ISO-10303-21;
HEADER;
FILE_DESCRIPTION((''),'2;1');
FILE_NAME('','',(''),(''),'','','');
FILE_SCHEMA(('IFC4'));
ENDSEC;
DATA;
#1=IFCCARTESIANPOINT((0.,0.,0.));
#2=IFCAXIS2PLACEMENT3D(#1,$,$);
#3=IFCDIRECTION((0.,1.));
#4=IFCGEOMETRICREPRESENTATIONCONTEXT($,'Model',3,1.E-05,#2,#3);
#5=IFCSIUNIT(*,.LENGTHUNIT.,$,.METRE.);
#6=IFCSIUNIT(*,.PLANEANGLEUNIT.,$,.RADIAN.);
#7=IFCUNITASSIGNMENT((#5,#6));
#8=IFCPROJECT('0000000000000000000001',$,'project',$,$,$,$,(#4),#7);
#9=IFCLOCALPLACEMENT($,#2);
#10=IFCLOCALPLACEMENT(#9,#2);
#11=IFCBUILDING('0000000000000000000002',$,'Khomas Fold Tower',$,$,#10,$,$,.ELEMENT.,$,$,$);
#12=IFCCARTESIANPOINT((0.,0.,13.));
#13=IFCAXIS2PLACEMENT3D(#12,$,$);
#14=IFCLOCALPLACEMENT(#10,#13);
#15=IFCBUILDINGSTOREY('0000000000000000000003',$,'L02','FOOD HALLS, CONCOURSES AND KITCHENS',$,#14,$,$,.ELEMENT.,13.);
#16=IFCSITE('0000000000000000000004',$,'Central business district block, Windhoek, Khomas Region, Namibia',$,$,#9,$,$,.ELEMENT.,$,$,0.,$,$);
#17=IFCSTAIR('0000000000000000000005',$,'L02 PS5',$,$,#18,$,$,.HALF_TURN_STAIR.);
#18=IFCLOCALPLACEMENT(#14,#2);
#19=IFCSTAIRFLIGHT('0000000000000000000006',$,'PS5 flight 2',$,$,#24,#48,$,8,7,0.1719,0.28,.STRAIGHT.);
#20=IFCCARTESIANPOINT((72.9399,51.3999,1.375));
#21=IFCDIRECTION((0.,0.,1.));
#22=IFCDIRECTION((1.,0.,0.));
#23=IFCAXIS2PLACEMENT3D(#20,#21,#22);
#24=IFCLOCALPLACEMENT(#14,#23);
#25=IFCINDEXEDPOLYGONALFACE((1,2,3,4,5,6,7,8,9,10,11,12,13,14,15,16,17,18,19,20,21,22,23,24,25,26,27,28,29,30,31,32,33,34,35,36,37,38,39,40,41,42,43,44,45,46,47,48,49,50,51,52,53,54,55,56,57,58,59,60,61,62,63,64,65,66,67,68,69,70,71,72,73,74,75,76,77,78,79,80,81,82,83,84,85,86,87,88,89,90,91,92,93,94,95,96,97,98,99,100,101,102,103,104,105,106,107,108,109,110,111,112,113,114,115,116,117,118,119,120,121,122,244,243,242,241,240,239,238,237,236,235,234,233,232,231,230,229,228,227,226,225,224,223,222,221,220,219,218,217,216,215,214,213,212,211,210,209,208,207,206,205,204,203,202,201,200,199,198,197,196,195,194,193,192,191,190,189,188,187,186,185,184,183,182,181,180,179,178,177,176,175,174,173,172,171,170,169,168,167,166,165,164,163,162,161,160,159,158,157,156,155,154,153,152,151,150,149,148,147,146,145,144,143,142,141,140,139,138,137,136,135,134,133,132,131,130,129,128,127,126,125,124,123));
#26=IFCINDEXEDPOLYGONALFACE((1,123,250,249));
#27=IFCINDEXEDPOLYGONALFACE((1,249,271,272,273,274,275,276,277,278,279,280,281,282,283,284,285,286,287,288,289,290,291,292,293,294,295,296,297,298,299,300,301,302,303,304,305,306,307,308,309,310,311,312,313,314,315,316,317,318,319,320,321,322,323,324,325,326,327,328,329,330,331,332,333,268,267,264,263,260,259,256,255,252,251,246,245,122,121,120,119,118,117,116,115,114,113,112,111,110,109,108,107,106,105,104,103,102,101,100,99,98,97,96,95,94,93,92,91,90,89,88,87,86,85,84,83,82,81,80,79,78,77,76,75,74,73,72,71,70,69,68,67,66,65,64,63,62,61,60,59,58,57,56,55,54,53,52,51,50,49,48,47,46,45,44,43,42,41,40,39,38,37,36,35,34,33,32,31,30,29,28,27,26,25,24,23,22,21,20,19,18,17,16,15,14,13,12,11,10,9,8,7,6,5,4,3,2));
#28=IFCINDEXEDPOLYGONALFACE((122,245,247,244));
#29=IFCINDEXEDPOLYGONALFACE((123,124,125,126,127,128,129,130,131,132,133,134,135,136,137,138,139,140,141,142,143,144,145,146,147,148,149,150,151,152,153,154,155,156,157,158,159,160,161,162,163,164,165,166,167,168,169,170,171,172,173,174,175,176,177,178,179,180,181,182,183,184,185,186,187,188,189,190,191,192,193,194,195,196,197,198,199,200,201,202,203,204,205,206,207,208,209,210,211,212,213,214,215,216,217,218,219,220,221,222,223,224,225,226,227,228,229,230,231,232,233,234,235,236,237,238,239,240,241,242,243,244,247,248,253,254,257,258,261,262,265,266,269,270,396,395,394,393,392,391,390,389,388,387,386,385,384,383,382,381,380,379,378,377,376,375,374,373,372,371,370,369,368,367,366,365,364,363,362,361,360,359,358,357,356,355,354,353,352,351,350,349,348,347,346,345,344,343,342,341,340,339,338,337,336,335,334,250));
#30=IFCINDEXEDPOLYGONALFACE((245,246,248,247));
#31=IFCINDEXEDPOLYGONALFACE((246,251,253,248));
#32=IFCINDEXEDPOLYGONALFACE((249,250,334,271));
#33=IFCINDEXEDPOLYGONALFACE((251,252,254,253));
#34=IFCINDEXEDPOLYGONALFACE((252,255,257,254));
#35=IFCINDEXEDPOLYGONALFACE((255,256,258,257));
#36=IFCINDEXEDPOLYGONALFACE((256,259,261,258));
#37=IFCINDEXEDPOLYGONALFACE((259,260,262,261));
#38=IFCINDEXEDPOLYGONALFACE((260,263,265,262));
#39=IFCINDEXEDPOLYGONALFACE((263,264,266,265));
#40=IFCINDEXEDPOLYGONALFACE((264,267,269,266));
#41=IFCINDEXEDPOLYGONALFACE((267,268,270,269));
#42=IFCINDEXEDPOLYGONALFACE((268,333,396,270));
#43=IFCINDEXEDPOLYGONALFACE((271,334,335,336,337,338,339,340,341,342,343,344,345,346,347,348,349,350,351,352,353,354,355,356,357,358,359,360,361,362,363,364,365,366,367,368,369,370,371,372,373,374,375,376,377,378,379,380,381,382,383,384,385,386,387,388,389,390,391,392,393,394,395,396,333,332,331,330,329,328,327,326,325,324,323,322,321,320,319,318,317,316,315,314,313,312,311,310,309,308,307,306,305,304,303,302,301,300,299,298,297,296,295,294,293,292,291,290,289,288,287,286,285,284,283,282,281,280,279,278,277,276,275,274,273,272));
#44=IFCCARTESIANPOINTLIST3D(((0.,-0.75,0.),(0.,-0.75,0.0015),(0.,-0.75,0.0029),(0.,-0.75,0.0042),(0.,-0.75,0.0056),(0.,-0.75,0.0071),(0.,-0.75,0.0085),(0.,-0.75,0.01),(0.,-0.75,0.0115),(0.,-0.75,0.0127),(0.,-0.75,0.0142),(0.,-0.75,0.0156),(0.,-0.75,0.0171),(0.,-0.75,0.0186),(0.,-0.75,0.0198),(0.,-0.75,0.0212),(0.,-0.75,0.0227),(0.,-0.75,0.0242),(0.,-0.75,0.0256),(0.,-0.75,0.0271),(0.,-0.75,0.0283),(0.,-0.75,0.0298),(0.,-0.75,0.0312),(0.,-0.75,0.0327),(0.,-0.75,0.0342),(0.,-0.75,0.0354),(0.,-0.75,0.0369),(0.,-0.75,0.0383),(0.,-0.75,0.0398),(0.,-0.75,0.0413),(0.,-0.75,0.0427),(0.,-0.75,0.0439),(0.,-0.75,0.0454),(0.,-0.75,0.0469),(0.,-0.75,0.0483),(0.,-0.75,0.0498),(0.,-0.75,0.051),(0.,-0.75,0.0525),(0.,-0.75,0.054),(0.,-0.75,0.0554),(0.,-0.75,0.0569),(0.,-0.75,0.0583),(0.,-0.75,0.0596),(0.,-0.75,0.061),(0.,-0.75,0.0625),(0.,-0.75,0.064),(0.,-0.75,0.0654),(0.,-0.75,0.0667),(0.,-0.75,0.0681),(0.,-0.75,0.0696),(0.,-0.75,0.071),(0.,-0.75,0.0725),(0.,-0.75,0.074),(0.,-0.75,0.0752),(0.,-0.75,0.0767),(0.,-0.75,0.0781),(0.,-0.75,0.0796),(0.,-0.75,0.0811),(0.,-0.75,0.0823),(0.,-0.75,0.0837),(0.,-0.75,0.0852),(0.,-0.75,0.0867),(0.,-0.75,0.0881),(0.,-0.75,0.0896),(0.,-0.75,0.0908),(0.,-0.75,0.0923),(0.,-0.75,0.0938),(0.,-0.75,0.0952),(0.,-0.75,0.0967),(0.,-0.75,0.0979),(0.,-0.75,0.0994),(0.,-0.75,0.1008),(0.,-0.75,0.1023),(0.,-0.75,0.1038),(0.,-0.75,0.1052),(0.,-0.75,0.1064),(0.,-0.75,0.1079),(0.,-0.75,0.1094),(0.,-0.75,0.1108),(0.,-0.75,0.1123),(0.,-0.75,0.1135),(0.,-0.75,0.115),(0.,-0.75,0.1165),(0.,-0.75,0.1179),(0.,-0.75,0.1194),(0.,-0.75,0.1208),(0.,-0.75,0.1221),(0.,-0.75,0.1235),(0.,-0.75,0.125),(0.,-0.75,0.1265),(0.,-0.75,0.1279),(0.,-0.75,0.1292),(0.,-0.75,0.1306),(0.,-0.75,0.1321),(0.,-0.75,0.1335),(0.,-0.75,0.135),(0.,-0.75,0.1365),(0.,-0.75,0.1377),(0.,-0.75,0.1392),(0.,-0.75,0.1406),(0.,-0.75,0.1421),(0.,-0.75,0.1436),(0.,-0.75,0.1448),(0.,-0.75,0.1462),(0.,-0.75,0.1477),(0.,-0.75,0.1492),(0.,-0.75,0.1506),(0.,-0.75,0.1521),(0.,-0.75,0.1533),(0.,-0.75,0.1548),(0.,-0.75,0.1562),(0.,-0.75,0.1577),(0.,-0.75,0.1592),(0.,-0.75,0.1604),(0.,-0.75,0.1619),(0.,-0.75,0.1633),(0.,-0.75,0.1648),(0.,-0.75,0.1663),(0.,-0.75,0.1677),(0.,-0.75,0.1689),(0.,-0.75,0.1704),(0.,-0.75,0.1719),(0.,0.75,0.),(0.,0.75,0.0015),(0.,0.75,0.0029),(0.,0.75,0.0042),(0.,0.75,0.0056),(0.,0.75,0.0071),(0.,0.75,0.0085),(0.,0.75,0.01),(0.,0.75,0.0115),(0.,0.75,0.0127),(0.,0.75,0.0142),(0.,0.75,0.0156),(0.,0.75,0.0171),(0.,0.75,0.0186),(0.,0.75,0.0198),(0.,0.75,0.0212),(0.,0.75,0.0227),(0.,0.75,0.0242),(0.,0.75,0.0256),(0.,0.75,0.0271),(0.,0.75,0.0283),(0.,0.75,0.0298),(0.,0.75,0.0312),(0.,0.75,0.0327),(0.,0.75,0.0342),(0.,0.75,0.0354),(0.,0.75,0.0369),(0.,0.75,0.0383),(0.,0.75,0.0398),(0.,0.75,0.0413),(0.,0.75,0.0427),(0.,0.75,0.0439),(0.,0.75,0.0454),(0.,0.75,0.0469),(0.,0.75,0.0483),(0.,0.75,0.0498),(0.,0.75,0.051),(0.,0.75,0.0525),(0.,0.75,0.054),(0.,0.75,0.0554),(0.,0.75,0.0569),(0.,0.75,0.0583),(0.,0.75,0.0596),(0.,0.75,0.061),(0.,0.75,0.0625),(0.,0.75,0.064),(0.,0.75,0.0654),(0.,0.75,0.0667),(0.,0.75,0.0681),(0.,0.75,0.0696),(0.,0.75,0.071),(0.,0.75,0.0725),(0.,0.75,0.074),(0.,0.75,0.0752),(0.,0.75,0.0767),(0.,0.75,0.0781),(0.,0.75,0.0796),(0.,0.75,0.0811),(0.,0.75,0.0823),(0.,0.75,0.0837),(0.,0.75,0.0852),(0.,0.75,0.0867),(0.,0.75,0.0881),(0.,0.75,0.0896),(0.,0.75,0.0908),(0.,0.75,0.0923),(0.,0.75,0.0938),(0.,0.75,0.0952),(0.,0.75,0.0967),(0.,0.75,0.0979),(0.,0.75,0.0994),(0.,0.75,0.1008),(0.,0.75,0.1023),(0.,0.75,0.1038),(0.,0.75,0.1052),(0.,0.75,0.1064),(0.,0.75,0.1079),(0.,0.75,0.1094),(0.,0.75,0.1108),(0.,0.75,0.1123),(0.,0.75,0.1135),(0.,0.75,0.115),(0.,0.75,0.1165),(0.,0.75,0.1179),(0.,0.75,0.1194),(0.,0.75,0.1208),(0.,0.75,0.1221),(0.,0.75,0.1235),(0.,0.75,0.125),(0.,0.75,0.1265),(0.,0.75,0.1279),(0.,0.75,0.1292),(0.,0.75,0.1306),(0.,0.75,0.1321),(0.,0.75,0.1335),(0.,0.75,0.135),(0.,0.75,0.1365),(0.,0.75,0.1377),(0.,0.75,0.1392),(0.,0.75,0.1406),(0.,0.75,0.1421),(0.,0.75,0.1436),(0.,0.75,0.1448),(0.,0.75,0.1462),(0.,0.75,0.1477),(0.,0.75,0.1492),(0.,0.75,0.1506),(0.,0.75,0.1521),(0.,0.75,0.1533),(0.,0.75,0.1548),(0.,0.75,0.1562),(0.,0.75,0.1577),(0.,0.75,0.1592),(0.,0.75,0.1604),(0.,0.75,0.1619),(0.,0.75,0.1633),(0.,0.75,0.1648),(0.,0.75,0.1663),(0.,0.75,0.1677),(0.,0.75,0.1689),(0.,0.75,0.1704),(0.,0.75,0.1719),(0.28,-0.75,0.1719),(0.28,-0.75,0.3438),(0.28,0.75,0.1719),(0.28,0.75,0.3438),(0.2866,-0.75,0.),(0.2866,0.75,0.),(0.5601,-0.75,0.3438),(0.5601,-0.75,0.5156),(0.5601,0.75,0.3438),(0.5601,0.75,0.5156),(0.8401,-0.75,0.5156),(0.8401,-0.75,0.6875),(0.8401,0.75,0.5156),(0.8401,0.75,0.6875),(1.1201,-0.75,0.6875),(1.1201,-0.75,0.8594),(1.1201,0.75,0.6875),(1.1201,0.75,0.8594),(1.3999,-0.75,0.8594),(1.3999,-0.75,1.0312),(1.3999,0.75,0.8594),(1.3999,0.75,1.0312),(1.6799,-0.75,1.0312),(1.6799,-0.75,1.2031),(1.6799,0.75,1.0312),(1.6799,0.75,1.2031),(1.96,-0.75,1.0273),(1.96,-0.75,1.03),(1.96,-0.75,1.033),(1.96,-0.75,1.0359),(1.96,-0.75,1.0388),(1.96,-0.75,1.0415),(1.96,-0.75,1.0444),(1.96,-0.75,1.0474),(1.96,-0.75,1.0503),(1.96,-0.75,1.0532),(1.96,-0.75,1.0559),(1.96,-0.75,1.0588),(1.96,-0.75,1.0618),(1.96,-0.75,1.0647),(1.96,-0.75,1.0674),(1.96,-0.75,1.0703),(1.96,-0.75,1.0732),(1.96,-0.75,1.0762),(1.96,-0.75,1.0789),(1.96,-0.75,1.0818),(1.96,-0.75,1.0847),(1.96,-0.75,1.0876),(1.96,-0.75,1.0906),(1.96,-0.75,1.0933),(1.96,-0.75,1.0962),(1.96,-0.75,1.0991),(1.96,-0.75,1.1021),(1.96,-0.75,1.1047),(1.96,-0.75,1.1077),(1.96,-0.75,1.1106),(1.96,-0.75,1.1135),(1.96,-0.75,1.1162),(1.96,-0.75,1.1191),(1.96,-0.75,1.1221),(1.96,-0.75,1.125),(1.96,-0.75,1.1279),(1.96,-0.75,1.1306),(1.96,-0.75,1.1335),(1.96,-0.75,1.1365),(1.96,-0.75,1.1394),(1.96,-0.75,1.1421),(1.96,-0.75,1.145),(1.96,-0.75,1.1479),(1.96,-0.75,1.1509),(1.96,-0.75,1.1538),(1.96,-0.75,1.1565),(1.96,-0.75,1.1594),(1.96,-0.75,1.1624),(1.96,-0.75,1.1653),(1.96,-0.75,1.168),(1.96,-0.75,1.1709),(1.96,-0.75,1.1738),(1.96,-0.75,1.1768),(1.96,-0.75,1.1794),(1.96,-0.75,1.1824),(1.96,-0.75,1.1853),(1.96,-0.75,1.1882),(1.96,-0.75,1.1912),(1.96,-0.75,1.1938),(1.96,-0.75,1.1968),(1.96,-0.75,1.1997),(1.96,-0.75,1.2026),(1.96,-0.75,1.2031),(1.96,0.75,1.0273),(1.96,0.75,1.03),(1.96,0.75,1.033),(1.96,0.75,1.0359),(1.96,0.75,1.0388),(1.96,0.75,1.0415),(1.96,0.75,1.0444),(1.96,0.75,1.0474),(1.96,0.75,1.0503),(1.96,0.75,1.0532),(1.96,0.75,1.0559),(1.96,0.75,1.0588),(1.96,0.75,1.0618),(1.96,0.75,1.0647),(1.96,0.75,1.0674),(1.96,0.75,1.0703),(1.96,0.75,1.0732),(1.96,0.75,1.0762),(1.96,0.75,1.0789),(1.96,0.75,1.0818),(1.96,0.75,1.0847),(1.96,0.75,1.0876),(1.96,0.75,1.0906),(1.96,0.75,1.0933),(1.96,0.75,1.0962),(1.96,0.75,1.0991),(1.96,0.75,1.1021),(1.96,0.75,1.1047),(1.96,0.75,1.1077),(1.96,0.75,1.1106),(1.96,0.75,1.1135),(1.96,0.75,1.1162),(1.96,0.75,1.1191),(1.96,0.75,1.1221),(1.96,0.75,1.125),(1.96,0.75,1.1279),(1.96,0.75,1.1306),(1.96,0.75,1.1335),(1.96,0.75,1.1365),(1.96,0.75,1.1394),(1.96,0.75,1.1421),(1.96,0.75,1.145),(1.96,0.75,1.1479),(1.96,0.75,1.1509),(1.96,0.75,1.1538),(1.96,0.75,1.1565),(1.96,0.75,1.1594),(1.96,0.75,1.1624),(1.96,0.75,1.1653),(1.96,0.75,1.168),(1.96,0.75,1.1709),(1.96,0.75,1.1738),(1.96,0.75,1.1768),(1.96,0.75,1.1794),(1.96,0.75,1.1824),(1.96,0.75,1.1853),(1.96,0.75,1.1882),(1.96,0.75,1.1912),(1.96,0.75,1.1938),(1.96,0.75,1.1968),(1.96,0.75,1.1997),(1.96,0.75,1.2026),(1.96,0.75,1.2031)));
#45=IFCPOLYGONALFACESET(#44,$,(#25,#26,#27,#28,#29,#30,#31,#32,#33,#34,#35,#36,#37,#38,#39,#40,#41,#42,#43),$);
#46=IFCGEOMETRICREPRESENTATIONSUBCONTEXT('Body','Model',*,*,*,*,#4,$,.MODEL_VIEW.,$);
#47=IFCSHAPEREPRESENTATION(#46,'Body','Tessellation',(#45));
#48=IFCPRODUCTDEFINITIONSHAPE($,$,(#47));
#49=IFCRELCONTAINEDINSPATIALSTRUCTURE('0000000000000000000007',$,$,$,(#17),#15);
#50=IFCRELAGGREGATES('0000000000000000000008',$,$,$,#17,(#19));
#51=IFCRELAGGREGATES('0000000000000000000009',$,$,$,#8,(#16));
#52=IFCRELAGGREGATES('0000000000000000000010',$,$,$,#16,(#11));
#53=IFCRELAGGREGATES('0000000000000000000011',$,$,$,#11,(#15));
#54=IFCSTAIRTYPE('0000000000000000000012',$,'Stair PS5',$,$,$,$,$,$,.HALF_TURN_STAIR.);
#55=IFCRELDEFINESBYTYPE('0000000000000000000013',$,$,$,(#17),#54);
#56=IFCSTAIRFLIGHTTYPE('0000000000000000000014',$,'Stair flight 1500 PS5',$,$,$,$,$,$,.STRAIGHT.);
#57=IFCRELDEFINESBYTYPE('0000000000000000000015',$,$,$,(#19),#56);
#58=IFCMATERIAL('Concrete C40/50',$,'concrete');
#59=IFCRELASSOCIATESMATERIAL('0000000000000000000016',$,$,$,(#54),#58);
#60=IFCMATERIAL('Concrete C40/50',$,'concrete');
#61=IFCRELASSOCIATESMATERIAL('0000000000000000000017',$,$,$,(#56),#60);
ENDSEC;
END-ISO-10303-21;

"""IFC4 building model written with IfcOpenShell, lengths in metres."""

from ifc_helpers import new_model, si_unit, direction, frame, origin, place, context, subcontext, project, spatial, polyline, outline, extrude, source, transform, mapped, material, type_object, element, aggregate, save


model = new_model("IFC4")

# Units and contexts
model_context = context("Model", 3, precision=1e-05, world=origin(), true_north=direction((0.0, 1.0)))
body_context = subcontext(model_context, "Body", "Model", "MODEL_VIEW")
ifc_project = project(units=[si_unit("LENGTHUNIT", "METRE"), si_unit("PLANEANGLEUNIT", "RADIAN")], contexts=[model_context])

# Site, building, storey
site_placement = place(None, origin())
site = spatial("IfcSite", under=ifc_project, at=site_placement, Name="Central business district block, Windhoek, Khomas Region, Namibia", CompositionType="ELEMENT", RefElevation=0.0)
building_placement = place(site_placement, origin())
building = spatial("IfcBuilding", under=site, at=building_placement, Name="Khomas Fold Tower", CompositionType="ELEMENT")
storey_placement = place(building_placement, frame((0.0, 0.0, 13.0)))
storey = spatial("IfcBuildingStorey", under=building, at=storey_placement, Name="L02", Description="FOOD HALLS, CONCOURSES AND KITCHENS", CompositionType="ELEMENT", Elevation=13.0)

# Stair, stair flight
ifc_material_1 = material(Name="Concrete C40/50", Category="concrete")
stair_type_1 = type_object("IfcStairType", Name="Stair PS5", PredefinedType="HALF_TURN_STAIR", material=ifc_material_1)
stair_1_placement = place(storey_placement, origin())
stair_1 = element("IfcStair", 1, at=stair_1_placement, inside=storey, type_object=stair_type_1, Name="L02 PS5", PredefinedType="HALF_TURN_STAIR")
ifc_material_2 = material(Name="Concrete C40/50", Category="concrete")
stair_flight_type_1 = type_object("IfcStairFlightType", Name="Stair flight 1500 PS5", PredefinedType="STRAIGHT", material=ifc_material_2)
shared_shape_1 = source(origin(), body_context, "Body", "SweptSolid", [
    extrude(outline(polyline([(0.0, 0.0), (0.0, 0.0015), (0.0, 0.0029), (0.0, 0.0042), (0.0, 0.0056), (0.0, 0.0071), (0.0, 0.0085), (0.0, 0.01), (0.0, 0.0115), (0.0, 0.0127), (0.0, 0.0142), (0.0, 0.0156), (0.0, 0.0171), (0.0, 0.0186), (0.0, 0.0198), (0.0, 0.0212), (0.0, 0.0227), (0.0, 0.0242), (0.0, 0.0256), (0.0, 0.0271), (0.0, 0.0283), (0.0, 0.0298), (0.0, 0.0312), (0.0, 0.0327), (0.0, 0.0342), (0.0, 0.0354), (0.0, 0.0369), (0.0, 0.0383), (0.0, 0.0398), (0.0, 0.0413), (0.0, 0.0427), (0.0, 0.0439), (0.0, 0.0454), (0.0, 0.0469), (0.0, 0.0483), (0.0, 0.0498), (0.0, 0.051), (0.0, 0.0525), (0.0, 0.054), (0.0, 0.0554), (0.0, 0.0569), (0.0, 0.0583), (0.0, 0.0596), (0.0, 0.061), (0.0, 0.0625), (0.0, 0.064), (0.0, 0.0654), (0.0, 0.0667), (0.0, 0.0681), (0.0, 0.0696), (0.0, 0.071), (0.0, 0.0725), (0.0, 0.074), (0.0, 0.0752), (0.0, 0.0767), (0.0, 0.0781), (0.0, 0.0796), (0.0, 0.0811), (0.0, 0.0823), (0.0, 0.0837), (0.0, 0.0852), (0.0, 0.0867), (0.0, 0.0881), (0.0, 0.0896), (0.0, 0.0908), (0.0, 0.0923), (0.0, 0.0938), (0.0, 0.0952), (0.0, 0.0967), (0.0, 0.0979), (0.0, 0.0994), (0.0, 0.1008), (0.0, 0.1023), (0.0, 0.1038), (0.0, 0.1052), (0.0, 0.1064), (0.0, 0.1079), (0.0, 0.1094), (0.0, 0.1108), (0.0, 0.1123), (0.0, 0.1135), (0.0, 0.115), (0.0, 0.1165), (0.0, 0.1179), (0.0, 0.1194), (0.0, 0.1208), (0.0, 0.1221), (0.0, 0.1235), (0.0, 0.125), (0.0, 0.1265), (0.0, 0.1279), (0.0, 0.1292), (0.0, 0.1306), (0.0, 0.1321), (0.0, 0.1335), (0.0, 0.135), (0.0, 0.1365), (0.0, 0.1377), (0.0, 0.1392), (0.0, 0.1406), (0.0, 0.1421), (0.0, 0.1436), (0.0, 0.1448), (0.0, 0.1462), (0.0, 0.1477), (0.0, 0.1492), (0.0, 0.1506), (0.0, 0.1521), (0.0, 0.1533), (0.0, 0.1548), (0.0, 0.1562), (0.0, 0.1577), (0.0, 0.1592), (0.0, 0.1604), (0.0, 0.1619), (0.0, 0.1633), (0.0, 0.1648), (0.0, 0.1663), (0.0, 0.1677), (0.0, 0.1689), (0.0, 0.1704), (0.0, 0.1719), (0.28, 0.1719), (0.28, 0.3438), (0.5601, 0.3438), (0.5601, 0.5156), (0.8401, 0.5156), (0.8401, 0.6875), (1.1201, 0.6875), (1.1201, 0.8594), (1.3999, 0.8594), (1.3999, 1.0312), (1.6799, 1.0312), (1.6799, 1.2031), (1.96, 1.2031), (1.96, 1.375), (1.96, 1.3721), (1.96, 1.3691), (1.96, 1.3665), (1.96, 1.3635), (1.96, 1.3606), (1.96, 1.3577), (1.96, 1.355), (1.96, 1.3521), (1.96, 1.3491), (1.96, 1.3462), (1.96, 1.3435), (1.96, 1.3406), (1.96, 1.3376), (1.96, 1.3347), (1.96, 1.3318), (1.96, 1.3291), (1.96, 1.3262), (1.96, 1.3232), (1.96, 1.3203), (1.96, 1.3176), (1.96, 1.3147), (1.96, 1.3118), (1.96, 1.3088), (1.96, 1.3059), (1.96, 1.3032), (1.96, 1.3003), (1.96, 1.2974), (1.96, 1.2944), (1.96, 1.2917), (1.96, 1.2888), (1.96, 1.2859), (1.96, 1.283), (1.96, 1.2803), (1.96, 1.2773), (1.96, 1.2744), (1.96, 1.2715), (1.96, 1.2686), (1.96, 1.2659), (1.96, 1.2629), (1.96, 1.26), (1.96, 1.2571), (1.96, 1.2544), (1.96, 1.2515), (1.96, 1.2485), (1.96, 1.2456), (1.96, 1.2427), (1.96, 1.24), (1.96, 1.2371), (1.96, 1.2341), (1.96, 1.2312), (1.96, 1.2285), (1.96, 1.2256), (1.96, 1.2227), (1.96, 1.2197), (1.96, 1.217), (1.96, 1.2141), (1.96, 1.2112), (1.96, 1.2083), (1.96, 1.2053), (1.96, 1.2026), (1.96, 1.1997), (1.96, 1.1968), (1.96, 1.1938), (1.96, 1.1912), (1.96, 1.1882), (1.96, 1.1853), (1.96, 1.1824), (1.96, 1.1794), (1.96, 1.1768), (1.96, 1.1738), (1.96, 1.1709), (1.96, 1.168), (1.96, 1.1653), (1.96, 1.1624), (1.96, 1.1594), (1.96, 1.1565), (1.96, 1.1538), (1.96, 1.1509), (1.96, 1.1479), (1.96, 1.145), (1.96, 1.1421), (1.96, 1.1394), (1.96, 1.1365), (1.96, 1.1335), (1.96, 1.1306), (1.96, 1.1279), (1.96, 1.125), (1.96, 1.1221), (1.96, 1.1191), (1.96, 1.1162), (1.96, 1.1135), (1.96, 1.1106), (1.96, 1.1077), (1.96, 1.1047), (1.96, 1.1021), (1.96, 1.0991), (1.96, 1.0962), (1.96, 1.0933), (1.96, 1.0906), (1.96, 1.0876), (1.96, 1.0847), (1.96, 1.0818), (1.96, 1.0789), (1.96, 1.0762), (1.96, 1.0732), (1.96, 1.0703), (1.96, 1.0674), (1.96, 1.0647), (1.96, 1.0618), (1.96, 1.0588), (1.96, 1.0559), (1.96, 1.0532), (1.96, 1.0503), (1.96, 1.0474), (1.96, 1.0444), (1.96, 1.0415), (1.96, 1.0388), (1.96, 1.0359), (1.96, 1.033), (1.96, 1.03), (1.96, 1.0273), (0.2866, 0.0), (0.0, 0.0)])), frame((0.0, 0.75, 0.0), z_axis=(0.0, -1.0, 0.0), x_axis=(1.0, 0.0, 0.0)), (0.0, 0.0, 1.0), 1.5),
])
stair_flight_1_placement = place(storey_placement, frame((72.9399, 51.3999, 1.375), z_axis=(0.0, 0.0, 1.0), x_axis=(1.0, 0.0, 0.0)))
stair_flight_1 = element("IfcStairFlight", 2, at=stair_flight_1_placement, type_object=stair_flight_type_1, Name="PS5 flight 2", NumberOfRisers=8, NumberOfTreads=7, PredefinedType="STRAIGHT", RiserHeight=0.1719, TreadLength=0.28, context=body_context, shape_type="MappedRepresentation", body=[
    mapped(shared_shape_1, transform((0.0, 0.0, 0.0))),
])
aggregate(stair_1, [stair_flight_1])

save(model, "model.ifc")
